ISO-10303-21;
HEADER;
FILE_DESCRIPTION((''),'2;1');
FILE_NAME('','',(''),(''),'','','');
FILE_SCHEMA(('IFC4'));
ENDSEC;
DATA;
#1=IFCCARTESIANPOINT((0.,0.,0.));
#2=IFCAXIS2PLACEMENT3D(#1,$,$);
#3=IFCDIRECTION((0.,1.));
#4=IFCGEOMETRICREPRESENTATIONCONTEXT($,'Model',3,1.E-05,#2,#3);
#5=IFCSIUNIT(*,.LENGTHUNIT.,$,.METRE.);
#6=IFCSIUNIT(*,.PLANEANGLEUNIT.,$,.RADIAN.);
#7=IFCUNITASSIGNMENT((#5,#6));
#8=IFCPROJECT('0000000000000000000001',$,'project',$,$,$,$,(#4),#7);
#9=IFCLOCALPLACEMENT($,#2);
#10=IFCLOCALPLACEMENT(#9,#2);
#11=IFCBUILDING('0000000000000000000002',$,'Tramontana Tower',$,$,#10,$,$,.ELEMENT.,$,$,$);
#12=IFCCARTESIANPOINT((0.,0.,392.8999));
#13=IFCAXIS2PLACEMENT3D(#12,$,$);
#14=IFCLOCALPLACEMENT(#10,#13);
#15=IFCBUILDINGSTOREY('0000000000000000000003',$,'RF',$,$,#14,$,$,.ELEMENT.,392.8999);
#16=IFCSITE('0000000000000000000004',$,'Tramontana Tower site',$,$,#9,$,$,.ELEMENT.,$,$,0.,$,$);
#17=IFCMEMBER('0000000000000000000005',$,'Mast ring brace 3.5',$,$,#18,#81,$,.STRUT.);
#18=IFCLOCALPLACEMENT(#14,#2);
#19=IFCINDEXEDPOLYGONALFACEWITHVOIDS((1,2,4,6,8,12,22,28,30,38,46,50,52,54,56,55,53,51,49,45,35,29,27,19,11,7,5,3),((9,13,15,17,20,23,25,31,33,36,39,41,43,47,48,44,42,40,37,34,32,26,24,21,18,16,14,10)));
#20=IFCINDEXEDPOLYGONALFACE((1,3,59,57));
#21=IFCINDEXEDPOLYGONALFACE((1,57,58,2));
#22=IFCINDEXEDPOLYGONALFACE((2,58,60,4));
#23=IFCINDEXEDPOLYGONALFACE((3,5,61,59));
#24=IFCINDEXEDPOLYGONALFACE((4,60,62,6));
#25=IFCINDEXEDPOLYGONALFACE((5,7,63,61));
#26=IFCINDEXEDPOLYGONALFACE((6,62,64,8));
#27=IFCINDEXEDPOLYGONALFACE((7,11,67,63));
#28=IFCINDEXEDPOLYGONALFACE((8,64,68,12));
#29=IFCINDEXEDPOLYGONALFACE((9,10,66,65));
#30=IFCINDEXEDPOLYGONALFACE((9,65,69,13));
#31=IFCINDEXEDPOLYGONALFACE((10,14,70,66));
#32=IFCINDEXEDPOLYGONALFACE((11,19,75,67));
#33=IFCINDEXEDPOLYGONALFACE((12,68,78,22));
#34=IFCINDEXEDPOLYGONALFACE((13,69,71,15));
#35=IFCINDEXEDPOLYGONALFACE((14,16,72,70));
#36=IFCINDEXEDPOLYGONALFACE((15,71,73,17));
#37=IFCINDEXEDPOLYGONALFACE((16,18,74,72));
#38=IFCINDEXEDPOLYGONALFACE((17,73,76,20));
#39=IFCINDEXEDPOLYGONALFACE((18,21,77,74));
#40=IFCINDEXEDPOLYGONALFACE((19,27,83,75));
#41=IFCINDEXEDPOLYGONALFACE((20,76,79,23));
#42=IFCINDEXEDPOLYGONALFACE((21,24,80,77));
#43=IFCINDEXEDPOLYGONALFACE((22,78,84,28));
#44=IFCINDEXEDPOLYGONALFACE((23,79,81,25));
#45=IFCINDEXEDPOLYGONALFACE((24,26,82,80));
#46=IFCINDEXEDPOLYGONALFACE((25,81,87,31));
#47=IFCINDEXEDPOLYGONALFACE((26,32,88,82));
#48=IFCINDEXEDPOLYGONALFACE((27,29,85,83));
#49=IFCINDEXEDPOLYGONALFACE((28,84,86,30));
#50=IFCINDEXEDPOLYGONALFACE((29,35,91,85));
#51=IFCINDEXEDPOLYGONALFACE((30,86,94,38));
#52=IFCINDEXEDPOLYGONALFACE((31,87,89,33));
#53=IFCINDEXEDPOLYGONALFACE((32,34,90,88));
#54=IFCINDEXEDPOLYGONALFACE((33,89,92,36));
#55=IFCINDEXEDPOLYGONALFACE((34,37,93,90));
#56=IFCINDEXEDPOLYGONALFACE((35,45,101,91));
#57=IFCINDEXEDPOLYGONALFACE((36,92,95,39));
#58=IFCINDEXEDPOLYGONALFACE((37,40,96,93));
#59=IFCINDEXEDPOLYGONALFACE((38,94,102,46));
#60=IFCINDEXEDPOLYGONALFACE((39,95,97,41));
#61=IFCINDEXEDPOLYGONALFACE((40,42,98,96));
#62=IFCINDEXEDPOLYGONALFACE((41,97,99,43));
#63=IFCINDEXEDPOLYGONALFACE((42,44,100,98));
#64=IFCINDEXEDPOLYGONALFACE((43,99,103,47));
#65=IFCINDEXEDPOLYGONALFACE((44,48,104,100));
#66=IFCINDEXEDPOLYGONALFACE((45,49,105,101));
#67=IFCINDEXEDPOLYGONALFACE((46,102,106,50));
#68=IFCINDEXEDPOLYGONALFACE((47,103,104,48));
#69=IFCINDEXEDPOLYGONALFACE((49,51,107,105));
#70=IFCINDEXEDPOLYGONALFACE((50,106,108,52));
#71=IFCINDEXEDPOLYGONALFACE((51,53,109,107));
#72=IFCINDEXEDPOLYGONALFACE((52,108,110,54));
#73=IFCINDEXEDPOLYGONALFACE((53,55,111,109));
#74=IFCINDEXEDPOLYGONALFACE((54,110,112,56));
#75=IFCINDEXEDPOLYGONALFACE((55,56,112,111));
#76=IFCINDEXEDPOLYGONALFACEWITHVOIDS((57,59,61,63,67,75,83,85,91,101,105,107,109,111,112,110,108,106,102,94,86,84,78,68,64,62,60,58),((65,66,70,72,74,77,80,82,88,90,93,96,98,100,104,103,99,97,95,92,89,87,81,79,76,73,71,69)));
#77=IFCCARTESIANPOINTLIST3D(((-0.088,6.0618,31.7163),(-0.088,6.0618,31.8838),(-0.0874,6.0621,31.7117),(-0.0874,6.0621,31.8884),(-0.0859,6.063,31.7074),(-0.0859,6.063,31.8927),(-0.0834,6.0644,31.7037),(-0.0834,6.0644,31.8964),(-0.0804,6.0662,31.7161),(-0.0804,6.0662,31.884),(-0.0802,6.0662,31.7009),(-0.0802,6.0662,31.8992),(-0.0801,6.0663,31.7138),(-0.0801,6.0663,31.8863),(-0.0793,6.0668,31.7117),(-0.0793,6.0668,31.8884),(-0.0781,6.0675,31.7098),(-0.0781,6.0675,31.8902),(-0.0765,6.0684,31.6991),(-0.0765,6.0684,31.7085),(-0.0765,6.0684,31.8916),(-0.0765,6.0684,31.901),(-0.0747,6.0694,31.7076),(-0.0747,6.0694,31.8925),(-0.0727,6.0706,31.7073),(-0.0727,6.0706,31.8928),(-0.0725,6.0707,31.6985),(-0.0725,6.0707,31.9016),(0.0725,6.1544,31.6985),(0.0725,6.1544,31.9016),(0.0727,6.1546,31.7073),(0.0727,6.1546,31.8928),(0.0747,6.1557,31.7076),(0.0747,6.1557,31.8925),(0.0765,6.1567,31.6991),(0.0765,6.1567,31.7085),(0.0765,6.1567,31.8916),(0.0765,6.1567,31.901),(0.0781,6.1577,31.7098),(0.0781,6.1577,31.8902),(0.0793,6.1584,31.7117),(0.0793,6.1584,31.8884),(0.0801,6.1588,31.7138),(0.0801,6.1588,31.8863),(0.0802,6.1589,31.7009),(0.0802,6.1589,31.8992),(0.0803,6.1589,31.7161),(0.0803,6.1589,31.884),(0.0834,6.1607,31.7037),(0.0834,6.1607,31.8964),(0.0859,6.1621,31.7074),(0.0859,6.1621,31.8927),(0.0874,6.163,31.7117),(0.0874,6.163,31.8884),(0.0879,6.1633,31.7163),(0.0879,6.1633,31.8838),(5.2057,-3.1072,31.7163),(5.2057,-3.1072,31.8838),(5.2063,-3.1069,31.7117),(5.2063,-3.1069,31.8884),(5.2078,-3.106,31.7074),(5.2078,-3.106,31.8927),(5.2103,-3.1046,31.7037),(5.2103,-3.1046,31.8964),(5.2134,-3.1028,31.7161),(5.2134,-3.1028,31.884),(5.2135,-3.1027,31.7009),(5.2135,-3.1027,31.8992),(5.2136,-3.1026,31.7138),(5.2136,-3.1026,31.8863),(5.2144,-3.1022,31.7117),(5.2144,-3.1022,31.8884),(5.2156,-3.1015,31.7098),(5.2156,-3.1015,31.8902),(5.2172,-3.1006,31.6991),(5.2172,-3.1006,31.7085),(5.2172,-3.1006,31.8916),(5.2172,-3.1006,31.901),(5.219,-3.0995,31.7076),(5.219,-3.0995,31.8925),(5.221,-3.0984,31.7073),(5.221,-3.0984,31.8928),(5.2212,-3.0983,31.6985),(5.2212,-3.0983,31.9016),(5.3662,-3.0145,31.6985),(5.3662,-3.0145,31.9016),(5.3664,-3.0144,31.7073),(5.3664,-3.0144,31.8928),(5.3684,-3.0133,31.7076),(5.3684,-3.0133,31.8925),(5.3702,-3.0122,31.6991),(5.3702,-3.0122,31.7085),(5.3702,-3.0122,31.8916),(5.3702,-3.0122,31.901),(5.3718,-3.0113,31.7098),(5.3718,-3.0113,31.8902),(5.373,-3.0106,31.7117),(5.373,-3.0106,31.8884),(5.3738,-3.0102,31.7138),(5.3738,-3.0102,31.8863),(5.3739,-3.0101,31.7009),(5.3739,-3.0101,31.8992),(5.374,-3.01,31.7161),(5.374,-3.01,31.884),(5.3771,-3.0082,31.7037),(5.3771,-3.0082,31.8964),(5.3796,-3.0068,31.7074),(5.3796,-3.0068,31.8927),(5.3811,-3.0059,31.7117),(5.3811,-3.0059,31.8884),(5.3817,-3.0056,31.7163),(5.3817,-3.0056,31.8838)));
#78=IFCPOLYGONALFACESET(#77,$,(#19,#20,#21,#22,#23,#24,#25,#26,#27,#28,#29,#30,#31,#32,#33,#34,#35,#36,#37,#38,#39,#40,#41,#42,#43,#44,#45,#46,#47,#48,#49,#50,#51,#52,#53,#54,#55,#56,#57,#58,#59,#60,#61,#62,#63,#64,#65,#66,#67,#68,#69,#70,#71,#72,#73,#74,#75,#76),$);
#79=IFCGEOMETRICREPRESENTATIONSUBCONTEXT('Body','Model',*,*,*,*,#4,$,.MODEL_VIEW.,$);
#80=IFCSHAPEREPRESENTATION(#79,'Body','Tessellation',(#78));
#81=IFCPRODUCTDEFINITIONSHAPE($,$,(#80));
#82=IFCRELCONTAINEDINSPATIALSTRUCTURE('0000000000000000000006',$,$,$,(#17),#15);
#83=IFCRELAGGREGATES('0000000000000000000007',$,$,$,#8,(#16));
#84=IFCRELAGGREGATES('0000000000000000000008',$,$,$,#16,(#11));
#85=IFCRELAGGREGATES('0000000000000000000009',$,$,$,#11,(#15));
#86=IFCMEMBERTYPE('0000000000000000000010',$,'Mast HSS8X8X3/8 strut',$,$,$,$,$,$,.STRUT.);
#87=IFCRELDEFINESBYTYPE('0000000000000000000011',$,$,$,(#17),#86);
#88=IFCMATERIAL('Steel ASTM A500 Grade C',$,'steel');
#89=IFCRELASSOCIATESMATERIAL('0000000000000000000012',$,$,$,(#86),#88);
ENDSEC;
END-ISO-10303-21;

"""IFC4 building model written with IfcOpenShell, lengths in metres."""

from ifc_helpers import new_model, si_unit, direction, frame, origin, origin_2d, place, context, subcontext, project, spatial, hollow_rectangle, extrude, material, material_profile, profile_set, type_object, element, save


model = new_model("IFC4")

# Units and contexts
model_context = context("Model", 3, precision=1e-05, world=origin(), true_north=direction((0.0, 1.0)))
body_context = subcontext(model_context, "Body", "Model", "MODEL_VIEW")
ifc_project = project(units=[si_unit("LENGTHUNIT", "METRE"), si_unit("PLANEANGLEUNIT", "RADIAN")], contexts=[model_context])

# Site, building, storey
site_placement = place(None, origin())
site = spatial("IfcSite", under=ifc_project, at=site_placement, Name="Tramontana Tower site", CompositionType="ELEMENT", RefElevation=0.0)
building_placement = place(site_placement, origin())
building = spatial("IfcBuilding", under=site, at=building_placement, Name="Tramontana Tower", CompositionType="ELEMENT")
storey_placement = place(building_placement, frame((0.0, 0.0, 392.8999)))
storey = spatial("IfcBuildingStorey", under=building, at=storey_placement, Name="RF", CompositionType="ELEMENT", Elevation=392.8999)

# Member
ifc_material_1 = material(Name="Steel ASTM A500 Grade C", Category="steel")
ifc_material_profile_1 = material_profile(ifc_material_1, hollow_rectangle(XDim=0.2031, YDim=0.2031, WallThickness=0.0088, InnerFilletRadius=0.0088, OuterFilletRadius=0.0178, at=origin_2d()), Name="HSS8X8X3/8")
ifc_profile_set_1 = profile_set([ifc_material_profile_1], Name="Steel ASTM A500 Grade C")
member_type_1 = type_object("IfcMemberType", Name="Mast HSS8X8X3/8 strut", PredefinedType="STRUT", material=ifc_profile_set_1)
for number, where, z_axis, x_axis, name in (
    (1, (5.2937, -3.0564, 31.8), (-0.500001, 0.866025, 0.0), (-0.866025, -0.500001, 0.0), "Mast ring brace 3.5"),
):
    element("IfcMember", number, at=place(storey_placement, frame(where, z_axis=z_axis, x_axis=x_axis)), inside=storey, type_object=member_type_1, Name=name, PredefinedType="STRUT", context=body_context, shape_type="SweptSolid", body=[
        extrude(hollow_rectangle(XDim=0.2031, YDim=0.2031, WallThickness=0.0088, InnerFilletRadius=0.0088, OuterFilletRadius=0.0178, at=origin_2d()), origin(), (0.0, 0.0, 1.0), 10.5874),
    ])

save(model, "model.ifc")
